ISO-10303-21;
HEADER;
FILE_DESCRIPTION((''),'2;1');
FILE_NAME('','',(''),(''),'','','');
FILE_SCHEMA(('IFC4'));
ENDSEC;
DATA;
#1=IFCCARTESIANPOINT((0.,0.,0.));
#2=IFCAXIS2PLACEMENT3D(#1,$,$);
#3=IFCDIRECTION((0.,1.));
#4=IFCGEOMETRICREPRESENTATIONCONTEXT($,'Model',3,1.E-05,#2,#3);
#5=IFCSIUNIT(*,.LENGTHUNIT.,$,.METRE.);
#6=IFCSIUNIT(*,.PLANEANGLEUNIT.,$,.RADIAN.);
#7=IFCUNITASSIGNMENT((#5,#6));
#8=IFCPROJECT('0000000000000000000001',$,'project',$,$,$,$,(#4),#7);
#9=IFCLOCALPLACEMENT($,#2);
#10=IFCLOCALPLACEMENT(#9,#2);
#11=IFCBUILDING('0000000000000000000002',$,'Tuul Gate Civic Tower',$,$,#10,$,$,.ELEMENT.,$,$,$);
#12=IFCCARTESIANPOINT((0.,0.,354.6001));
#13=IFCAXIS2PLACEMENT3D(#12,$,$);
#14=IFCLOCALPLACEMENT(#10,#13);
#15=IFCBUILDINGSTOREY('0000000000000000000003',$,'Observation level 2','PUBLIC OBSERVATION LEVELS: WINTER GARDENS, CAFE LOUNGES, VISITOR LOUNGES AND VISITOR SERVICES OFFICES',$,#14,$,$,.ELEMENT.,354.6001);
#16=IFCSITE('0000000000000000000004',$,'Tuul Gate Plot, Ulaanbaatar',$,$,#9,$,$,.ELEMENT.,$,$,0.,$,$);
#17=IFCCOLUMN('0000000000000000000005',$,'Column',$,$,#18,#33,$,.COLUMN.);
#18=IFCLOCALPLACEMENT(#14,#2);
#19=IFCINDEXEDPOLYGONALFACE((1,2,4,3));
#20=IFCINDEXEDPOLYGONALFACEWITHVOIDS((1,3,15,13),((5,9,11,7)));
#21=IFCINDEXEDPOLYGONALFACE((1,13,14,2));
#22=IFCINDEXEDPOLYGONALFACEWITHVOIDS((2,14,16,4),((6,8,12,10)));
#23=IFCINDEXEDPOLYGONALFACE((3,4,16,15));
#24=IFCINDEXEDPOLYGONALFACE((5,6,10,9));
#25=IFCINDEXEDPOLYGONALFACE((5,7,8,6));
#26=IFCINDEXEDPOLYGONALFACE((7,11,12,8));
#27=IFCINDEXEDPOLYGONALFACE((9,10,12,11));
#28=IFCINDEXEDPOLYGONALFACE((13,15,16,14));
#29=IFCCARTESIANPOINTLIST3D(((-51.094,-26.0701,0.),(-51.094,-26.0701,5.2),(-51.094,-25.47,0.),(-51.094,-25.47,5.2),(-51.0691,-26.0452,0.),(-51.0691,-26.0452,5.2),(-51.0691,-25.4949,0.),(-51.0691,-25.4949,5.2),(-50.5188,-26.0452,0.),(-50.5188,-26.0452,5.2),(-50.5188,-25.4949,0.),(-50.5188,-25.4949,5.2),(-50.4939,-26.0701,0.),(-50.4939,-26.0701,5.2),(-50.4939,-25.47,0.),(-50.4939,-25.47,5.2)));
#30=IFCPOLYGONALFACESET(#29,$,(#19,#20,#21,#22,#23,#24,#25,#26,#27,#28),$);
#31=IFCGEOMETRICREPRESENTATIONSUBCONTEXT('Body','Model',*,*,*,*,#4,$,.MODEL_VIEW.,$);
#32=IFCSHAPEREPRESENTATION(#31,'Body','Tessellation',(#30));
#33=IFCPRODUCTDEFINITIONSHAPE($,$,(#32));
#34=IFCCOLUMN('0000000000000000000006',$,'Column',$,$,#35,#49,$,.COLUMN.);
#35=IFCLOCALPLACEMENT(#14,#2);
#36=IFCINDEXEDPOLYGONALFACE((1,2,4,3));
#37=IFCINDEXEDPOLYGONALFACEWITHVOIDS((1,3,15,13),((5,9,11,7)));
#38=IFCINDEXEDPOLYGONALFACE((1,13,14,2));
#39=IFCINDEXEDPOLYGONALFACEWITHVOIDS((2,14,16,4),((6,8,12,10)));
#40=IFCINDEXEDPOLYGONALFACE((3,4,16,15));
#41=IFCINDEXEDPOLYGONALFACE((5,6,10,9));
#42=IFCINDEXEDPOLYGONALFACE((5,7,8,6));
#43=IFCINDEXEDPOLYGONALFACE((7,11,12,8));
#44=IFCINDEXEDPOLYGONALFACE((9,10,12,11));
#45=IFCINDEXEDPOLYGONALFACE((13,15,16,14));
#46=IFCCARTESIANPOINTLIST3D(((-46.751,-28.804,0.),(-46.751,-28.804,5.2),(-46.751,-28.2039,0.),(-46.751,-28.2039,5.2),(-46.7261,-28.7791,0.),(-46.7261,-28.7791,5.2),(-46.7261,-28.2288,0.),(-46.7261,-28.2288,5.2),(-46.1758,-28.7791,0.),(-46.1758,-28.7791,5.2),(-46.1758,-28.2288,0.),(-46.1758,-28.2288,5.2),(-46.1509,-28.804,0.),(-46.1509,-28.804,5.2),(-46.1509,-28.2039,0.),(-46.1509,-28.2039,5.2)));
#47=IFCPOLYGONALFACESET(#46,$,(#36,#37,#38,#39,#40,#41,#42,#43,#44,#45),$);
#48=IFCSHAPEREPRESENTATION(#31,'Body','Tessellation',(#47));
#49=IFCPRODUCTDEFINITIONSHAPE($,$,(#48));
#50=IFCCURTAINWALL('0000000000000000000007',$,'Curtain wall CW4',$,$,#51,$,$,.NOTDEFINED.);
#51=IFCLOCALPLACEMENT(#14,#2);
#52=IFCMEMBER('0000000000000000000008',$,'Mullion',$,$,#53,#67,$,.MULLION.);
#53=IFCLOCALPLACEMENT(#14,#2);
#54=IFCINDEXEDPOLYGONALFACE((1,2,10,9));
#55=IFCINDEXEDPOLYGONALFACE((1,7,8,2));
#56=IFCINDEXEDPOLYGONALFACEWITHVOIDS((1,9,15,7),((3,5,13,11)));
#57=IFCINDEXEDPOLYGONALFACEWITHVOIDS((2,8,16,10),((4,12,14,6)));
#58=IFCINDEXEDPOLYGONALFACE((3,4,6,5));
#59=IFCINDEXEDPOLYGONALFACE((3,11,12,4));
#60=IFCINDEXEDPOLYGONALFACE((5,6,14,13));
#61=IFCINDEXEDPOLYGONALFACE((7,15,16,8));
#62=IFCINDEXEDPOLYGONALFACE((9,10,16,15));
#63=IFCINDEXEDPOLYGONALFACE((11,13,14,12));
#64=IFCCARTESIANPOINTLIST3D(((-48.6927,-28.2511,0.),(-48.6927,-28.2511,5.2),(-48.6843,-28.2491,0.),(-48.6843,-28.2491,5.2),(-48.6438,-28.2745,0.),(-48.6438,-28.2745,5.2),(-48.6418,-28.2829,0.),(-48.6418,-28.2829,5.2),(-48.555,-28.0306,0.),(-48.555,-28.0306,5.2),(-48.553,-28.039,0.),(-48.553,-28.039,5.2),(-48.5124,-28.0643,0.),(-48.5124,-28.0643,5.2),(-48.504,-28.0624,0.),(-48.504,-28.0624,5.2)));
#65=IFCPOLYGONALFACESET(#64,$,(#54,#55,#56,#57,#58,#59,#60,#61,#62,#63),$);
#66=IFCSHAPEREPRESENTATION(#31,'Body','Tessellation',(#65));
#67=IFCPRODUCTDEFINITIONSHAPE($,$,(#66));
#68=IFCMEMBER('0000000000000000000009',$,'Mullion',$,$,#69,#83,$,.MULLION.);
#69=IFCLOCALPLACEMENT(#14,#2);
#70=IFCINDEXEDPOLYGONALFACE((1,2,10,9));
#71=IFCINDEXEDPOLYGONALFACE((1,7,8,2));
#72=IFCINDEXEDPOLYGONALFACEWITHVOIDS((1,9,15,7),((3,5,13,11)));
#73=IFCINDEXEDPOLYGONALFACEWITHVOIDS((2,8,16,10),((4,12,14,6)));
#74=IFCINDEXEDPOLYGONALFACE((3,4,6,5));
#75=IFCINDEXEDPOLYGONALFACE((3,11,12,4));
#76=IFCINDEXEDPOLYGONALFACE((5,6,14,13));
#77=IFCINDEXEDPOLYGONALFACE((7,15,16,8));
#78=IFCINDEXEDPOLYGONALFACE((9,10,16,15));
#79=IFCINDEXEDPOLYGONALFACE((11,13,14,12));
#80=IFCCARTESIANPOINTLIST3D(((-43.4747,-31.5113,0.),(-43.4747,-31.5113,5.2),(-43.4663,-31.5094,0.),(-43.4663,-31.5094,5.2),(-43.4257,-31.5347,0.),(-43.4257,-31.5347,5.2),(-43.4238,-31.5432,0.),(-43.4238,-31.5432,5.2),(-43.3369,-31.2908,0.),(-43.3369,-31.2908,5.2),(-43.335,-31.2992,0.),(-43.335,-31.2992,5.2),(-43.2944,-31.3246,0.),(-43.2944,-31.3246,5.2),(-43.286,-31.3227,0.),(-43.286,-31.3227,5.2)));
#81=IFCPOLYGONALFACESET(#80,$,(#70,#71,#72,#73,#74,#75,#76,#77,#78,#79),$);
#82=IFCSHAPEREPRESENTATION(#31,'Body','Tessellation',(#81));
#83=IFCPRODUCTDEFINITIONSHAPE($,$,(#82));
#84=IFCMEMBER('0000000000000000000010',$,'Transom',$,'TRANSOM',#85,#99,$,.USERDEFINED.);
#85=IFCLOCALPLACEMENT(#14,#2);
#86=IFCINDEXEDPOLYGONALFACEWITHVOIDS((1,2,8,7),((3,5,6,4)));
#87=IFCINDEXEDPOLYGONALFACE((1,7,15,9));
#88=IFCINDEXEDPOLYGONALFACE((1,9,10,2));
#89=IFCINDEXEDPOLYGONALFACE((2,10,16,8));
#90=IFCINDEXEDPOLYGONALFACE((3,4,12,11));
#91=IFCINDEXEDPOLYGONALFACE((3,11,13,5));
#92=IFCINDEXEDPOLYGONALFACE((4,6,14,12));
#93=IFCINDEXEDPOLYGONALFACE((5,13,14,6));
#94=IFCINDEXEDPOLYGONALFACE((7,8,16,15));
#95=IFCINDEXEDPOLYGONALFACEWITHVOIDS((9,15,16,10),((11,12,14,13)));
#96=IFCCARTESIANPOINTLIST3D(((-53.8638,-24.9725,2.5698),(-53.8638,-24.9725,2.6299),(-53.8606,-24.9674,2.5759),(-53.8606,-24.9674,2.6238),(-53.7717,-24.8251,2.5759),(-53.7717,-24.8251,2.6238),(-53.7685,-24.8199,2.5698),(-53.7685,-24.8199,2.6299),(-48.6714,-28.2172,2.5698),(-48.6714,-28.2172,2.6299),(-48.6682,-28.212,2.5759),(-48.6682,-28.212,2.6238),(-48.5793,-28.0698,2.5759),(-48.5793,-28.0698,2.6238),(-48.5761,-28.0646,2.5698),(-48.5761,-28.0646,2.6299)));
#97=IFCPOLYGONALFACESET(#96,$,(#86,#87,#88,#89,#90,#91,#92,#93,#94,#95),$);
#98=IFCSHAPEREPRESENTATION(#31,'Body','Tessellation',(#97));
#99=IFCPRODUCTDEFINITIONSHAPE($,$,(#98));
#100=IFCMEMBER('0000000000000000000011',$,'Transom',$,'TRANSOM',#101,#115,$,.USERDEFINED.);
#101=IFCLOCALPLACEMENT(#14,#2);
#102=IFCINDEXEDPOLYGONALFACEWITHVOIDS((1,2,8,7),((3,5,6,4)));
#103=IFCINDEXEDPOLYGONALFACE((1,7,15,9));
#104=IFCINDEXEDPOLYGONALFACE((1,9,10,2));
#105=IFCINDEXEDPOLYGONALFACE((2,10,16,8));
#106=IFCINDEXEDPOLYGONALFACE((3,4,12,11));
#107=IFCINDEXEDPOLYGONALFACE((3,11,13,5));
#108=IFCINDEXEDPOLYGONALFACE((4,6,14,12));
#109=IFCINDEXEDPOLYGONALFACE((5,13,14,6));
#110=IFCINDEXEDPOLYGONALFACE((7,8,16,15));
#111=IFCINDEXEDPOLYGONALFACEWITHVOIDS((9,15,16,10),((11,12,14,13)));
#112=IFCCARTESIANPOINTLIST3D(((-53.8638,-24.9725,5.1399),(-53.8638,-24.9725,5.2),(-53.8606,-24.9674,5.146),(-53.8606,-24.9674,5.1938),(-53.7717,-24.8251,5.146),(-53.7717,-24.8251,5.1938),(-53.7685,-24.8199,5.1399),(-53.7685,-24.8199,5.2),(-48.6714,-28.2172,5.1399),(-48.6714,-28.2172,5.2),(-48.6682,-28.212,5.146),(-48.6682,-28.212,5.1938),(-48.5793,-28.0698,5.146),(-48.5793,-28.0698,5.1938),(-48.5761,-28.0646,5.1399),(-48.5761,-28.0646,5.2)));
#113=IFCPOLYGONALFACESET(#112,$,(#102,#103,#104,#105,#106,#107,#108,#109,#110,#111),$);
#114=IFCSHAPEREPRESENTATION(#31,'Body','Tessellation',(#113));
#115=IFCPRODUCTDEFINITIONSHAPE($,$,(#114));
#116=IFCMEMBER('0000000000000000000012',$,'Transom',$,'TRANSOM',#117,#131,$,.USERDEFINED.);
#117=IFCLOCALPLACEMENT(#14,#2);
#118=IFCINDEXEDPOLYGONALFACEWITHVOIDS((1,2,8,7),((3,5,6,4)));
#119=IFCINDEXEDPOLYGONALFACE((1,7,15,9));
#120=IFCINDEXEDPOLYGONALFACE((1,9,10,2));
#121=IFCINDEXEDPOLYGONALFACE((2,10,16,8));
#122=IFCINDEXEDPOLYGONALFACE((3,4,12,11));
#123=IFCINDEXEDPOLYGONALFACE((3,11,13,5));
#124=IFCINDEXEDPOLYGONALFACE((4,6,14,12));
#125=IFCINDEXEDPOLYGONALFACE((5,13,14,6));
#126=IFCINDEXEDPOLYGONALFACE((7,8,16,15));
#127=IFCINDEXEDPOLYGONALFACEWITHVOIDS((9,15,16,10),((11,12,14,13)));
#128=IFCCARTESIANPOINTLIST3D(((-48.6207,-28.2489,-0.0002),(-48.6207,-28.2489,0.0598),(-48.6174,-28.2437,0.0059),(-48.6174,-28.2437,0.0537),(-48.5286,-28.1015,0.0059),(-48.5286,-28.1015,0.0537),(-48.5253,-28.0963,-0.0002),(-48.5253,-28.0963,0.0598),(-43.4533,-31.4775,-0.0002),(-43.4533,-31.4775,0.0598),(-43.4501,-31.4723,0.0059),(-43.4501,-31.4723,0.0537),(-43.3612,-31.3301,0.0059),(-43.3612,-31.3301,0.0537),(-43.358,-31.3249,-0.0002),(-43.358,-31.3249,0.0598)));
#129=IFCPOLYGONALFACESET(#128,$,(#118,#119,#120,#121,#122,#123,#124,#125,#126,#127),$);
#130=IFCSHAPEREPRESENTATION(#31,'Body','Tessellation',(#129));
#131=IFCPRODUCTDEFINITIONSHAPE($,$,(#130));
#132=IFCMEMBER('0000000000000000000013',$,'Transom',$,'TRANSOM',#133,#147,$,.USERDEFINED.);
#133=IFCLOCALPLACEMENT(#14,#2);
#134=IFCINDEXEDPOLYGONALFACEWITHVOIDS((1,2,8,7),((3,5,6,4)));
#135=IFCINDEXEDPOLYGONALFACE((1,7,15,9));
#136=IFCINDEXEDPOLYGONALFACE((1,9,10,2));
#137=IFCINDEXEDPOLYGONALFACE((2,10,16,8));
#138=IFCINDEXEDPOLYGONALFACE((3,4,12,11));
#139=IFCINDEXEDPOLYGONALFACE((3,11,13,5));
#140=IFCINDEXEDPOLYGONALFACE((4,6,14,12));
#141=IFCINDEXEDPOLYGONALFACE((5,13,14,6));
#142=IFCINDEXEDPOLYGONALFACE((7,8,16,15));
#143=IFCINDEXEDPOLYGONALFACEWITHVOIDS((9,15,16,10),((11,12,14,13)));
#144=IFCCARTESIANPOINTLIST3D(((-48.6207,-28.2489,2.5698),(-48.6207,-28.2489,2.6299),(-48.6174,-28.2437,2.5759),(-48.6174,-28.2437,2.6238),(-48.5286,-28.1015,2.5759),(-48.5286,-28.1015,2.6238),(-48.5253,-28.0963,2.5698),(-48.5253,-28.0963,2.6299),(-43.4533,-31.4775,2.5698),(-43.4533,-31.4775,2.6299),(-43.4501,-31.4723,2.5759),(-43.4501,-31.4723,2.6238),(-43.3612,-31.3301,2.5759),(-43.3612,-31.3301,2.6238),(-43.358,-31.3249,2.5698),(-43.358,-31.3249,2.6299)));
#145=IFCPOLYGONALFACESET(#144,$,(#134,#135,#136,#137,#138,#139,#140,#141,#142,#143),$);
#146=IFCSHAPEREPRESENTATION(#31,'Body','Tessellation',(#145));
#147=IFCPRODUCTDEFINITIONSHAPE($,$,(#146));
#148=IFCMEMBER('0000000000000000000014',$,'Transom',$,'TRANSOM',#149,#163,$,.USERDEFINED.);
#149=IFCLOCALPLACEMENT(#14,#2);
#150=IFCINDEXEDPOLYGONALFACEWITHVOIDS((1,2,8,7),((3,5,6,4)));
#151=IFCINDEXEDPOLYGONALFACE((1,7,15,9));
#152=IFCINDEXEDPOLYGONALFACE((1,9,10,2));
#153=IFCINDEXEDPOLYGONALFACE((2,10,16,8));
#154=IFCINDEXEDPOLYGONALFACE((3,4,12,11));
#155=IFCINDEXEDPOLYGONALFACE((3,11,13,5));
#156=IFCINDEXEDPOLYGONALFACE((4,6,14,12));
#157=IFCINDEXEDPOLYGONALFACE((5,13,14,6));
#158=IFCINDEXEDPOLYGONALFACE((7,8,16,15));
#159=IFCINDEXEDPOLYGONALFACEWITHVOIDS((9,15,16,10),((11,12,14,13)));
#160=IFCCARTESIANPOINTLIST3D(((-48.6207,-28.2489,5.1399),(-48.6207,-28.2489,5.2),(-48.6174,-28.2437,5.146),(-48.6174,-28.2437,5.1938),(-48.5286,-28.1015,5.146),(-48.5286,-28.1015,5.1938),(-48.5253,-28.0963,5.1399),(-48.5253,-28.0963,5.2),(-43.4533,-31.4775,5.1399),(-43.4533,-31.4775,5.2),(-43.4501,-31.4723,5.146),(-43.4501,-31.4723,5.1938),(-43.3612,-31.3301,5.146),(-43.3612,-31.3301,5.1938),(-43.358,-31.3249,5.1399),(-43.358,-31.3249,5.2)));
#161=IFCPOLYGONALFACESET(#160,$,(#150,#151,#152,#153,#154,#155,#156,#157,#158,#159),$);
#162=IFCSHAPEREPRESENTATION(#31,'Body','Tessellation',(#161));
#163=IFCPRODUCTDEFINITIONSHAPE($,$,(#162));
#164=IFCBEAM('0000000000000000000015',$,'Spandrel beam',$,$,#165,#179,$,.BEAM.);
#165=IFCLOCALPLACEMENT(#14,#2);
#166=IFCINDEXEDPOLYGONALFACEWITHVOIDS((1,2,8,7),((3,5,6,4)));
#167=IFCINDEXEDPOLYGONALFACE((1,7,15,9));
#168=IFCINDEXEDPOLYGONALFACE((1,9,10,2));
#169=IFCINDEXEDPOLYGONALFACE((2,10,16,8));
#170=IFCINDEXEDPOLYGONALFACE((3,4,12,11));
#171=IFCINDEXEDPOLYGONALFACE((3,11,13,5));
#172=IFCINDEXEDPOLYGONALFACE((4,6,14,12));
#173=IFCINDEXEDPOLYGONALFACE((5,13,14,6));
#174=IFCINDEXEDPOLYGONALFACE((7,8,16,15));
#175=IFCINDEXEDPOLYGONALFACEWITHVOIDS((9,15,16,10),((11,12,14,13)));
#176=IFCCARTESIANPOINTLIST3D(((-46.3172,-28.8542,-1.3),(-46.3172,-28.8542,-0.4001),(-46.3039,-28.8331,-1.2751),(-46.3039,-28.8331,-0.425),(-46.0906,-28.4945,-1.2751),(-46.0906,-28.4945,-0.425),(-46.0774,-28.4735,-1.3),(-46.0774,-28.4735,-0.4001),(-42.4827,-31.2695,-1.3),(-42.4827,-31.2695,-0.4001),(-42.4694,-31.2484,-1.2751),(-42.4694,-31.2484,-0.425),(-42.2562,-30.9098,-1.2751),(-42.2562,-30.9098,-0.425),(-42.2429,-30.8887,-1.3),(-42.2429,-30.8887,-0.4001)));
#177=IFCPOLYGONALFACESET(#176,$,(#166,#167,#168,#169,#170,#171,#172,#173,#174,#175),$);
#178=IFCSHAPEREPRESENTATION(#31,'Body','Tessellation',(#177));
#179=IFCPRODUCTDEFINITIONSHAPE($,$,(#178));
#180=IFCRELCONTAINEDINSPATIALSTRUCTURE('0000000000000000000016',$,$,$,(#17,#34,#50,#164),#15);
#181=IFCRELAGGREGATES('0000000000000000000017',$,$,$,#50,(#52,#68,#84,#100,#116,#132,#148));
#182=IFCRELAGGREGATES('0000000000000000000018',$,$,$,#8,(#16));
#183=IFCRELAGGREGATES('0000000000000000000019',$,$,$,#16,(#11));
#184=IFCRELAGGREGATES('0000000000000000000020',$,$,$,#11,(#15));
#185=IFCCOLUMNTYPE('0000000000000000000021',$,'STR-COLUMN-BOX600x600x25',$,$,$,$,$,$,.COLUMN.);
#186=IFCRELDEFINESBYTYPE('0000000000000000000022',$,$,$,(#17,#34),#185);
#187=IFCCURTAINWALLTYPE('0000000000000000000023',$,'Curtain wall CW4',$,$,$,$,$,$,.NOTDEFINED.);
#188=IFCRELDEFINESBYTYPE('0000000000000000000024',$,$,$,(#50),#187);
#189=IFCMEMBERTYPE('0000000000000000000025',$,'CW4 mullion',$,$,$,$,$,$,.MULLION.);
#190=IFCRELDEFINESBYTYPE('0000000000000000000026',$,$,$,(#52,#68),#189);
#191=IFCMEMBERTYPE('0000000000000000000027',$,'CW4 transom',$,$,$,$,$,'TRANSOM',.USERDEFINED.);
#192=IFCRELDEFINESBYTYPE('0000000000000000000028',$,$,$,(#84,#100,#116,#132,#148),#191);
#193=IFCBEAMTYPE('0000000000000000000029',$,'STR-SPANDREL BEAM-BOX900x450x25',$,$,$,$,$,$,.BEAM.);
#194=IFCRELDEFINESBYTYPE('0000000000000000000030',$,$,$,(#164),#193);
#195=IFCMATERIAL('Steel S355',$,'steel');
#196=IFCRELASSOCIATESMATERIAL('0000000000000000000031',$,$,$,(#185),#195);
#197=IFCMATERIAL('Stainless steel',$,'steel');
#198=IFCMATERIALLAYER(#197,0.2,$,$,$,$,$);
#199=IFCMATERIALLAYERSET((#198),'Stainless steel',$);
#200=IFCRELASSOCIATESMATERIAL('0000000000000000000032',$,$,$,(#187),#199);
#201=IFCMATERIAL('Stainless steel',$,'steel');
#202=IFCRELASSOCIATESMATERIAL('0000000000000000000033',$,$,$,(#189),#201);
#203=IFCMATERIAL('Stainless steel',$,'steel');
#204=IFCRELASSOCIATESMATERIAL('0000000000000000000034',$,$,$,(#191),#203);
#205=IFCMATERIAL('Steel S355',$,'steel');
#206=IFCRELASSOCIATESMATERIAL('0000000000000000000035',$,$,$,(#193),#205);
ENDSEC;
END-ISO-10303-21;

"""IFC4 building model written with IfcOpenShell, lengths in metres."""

from ifc_helpers import new_model, si_unit, direction, frame, origin, origin_2d, place, context, subcontext, project, spatial, hollow_rectangle, extrude, material, layer, layer_set, material_profile, profile_set, type_object, element, aggregate, save


model = new_model("IFC4")

# Units and contexts
model_context = context("Model", 3, precision=1e-05, world=origin(), true_north=direction((0.0, 1.0)))
body_context = subcontext(model_context, "Body", "Model", "MODEL_VIEW")
ifc_project = project(units=[si_unit("LENGTHUNIT", "METRE"), si_unit("PLANEANGLEUNIT", "RADIAN")], contexts=[model_context])

# Site, building, storey
site_placement = place(None, origin())
site = spatial("IfcSite", under=ifc_project, at=site_placement, Name="Tuul Gate Plot, Ulaanbaatar", CompositionType="ELEMENT", RefElevation=0.0)
building_placement = place(site_placement, origin())
building = spatial("IfcBuilding", under=site, at=building_placement, Name="Tuul Gate Civic Tower", CompositionType="ELEMENT")
storey_placement = place(building_placement, frame((0.0, 0.0, 354.6001)))
storey = spatial("IfcBuildingStorey", under=building, at=storey_placement, Name="Observation level 2", Description="PUBLIC OBSERVATION LEVELS: WINTER GARDENS, CAFE LOUNGES, VISITOR LOUNGES AND VISITOR SERVICES OFFICES", CompositionType="ELEMENT", Elevation=354.6001)

# Columns
ifc_material_1 = material(Name="Steel S355", Category="steel")
ifc_material_profile_1 = material_profile(ifc_material_1, hollow_rectangle(XDim=0.6001, YDim=0.6001, WallThickness=0.0249, at=origin_2d()), Name="BOX600x600x25")
ifc_profile_set_1 = profile_set([ifc_material_profile_1], Name="Steel S355")
column_type = type_object("IfcColumnType", Name="STR-COLUMN-BOX600x600x25", PredefinedType="COLUMN", material=ifc_profile_set_1)
for number, where, z_axis, x_axis, name in (
    (1, (-50.7939, -25.77, 0.0), (0.0, 0.0, 1.0), (1.0, 0.0, 0.0), "Column"),
    (2, (-46.4509, -28.5039, 0.0), (0.0, 0.0, 1.0), (1.0, 0.0, 0.0), "Column"),
):
    element("IfcColumn", number, at=place(storey_placement, frame(where, z_axis=z_axis, x_axis=x_axis)), inside=storey, type_object=column_type, Name=name, PredefinedType="COLUMN", context=body_context, shape_type="SweptSolid", body=[
        extrude(hollow_rectangle(XDim=0.6001, YDim=0.6001, WallThickness=0.0249, at=origin_2d()), origin(), (0.0, 0.0, 1.0), 5.2),
    ])

# Curtain wall, members
ifc_material_2 = material(Name="Stainless steel", Category="steel")
ifc_layer_1 = layer(ifc_material_2, 0.2)
ifc_layer_set_1 = layer_set([ifc_layer_1], Name="Stainless steel")
curtain_wall_type = type_object("IfcCurtainWallType", Name="Curtain wall CW4", PredefinedType="NOTDEFINED", material=ifc_layer_set_1)
curtain_wall_placement = place(storey_placement, origin())
curtain_wall = element("IfcCurtainWall", 3, at=curtain_wall_placement, inside=storey, type_object=curtain_wall_type, Name="Curtain wall CW4", PredefinedType="NOTDEFINED")
ifc_material_3 = material(Name="Stainless steel", Category="steel")
ifc_material_profile_2 = material_profile(ifc_material_3, hollow_rectangle(XDim=0.26, YDim=0.0601, WallThickness=0.0061, at=origin_2d()), Name="CW4 mullion")
ifc_profile_set_2 = profile_set([ifc_material_profile_2], Name="Stainless steel")
member_type_1 = type_object("IfcMemberType", Name="CW4 mullion", PredefinedType="MULLION", material=ifc_profile_set_2)
member_1_placement = place(storey_placement, frame((-48.5984, -28.1567, 0.0), z_axis=(0.0, 0.0, 1.0), x_axis=(0.529912, 0.848053, 0.0)))
member_1 = element("IfcMember", 4, at=member_1_placement, type_object=member_type_1, Name="Mullion", PredefinedType="MULLION", context=body_context, shape_type="SweptSolid", body=[
    extrude(hollow_rectangle(XDim=0.26, YDim=0.0601, WallThickness=0.0061, at=origin_2d()), origin(), (0.0, 0.0, 1.0), 5.2),
])
member_2_placement = place(storey_placement, frame((-43.3804, -31.417, 0.0), z_axis=(0.0, 0.0, 1.0), x_axis=(0.529912, 0.848053, 0.0)))
member_2 = element("IfcMember", 5, at=member_2_placement, type_object=member_type_1, Name="Mullion", PredefinedType="MULLION", context=body_context, shape_type="SweptSolid", body=[
    extrude(hollow_rectangle(XDim=0.26, YDim=0.0601, WallThickness=0.0061, at=origin_2d()), origin(), (0.0, 0.0, 1.0), 5.2),
])
ifc_material_4 = material(Name="Stainless steel", Category="steel")
ifc_material_profile_3 = material_profile(ifc_material_4, hollow_rectangle(XDim=0.1799, YDim=0.0601, WallThickness=0.0061, at=origin_2d()), Name="CW4 transom")
ifc_profile_set_3 = profile_set([ifc_material_profile_3], Name="Stainless steel")
member_type_2 = type_object("IfcMemberType", Name="CW4 transom", ElementType="TRANSOM", PredefinedType="USERDEFINED", material=ifc_profile_set_3)
member_3_placement = place(storey_placement, frame((-53.8162, -24.8962, 2.5999), z_axis=(0.848043, -0.529927, 0.0), x_axis=(0.529927, 0.848043, 0.0)))
member_3 = element("IfcMember", 6, at=member_3_placement, type_object=member_type_2, Name="Transom", ObjectType="TRANSOM", PredefinedType="USERDEFINED", context=body_context, shape_type="SweptSolid", body=[
    extrude(hollow_rectangle(XDim=0.1799, YDim=0.0601, WallThickness=0.0061, at=origin_2d()), origin(), (0.0, 0.0, 1.0), 6.1228),
])
member_4_placement = place(storey_placement, frame((-53.8162, -24.8962, 5.1699), z_axis=(0.848043, -0.529927, 0.0), x_axis=(0.529927, 0.848043, 0.0)))
member_4 = element("IfcMember", 7, at=member_4_placement, type_object=member_type_2, Name="Transom", ObjectType="TRANSOM", PredefinedType="USERDEFINED", context=body_context, shape_type="SweptSolid", body=[
    extrude(hollow_rectangle(XDim=0.1799, YDim=0.0601, WallThickness=0.0061, at=origin_2d()), origin(), (0.0, 0.0, 1.0), 6.1228),
])
member_5_placement = place(storey_placement, frame((-48.573, -28.1726, 0.0298), z_axis=(0.848073, -0.52988, 0.0), x_axis=(0.52988, 0.848073, 0.0)))
member_5 = element("IfcMember", 8, at=member_5_placement, type_object=member_type_2, Name="Transom", ObjectType="TRANSOM", PredefinedType="USERDEFINED", context=body_context, shape_type="SweptSolid", body=[
    extrude(hollow_rectangle(XDim=0.1799, YDim=0.0601, WallThickness=0.0061, at=origin_2d()), origin(), (0.0, 0.0, 1.0), 6.093),
])
member_6_placement = place(storey_placement, frame((-48.573, -28.1726, 2.5999), z_axis=(0.848073, -0.52988, 0.0), x_axis=(0.52988, 0.848073, 0.0)))
member_6 = element("IfcMember", 9, at=member_6_placement, type_object=member_type_2, Name="Transom", ObjectType="TRANSOM", PredefinedType="USERDEFINED", context=body_context, shape_type="SweptSolid", body=[
    extrude(hollow_rectangle(XDim=0.1799, YDim=0.0601, WallThickness=0.0061, at=origin_2d()), origin(), (0.0, 0.0, 1.0), 6.093),
])
member_7_placement = place(storey_placement, frame((-48.573, -28.1726, 5.1699), z_axis=(0.848073, -0.52988, 0.0), x_axis=(0.52988, 0.848073, 0.0)))
member_7 = element("IfcMember", 10, at=member_7_placement, type_object=member_type_2, Name="Transom", ObjectType="TRANSOM", PredefinedType="USERDEFINED", context=body_context, shape_type="SweptSolid", body=[
    extrude(hollow_rectangle(XDim=0.1799, YDim=0.0601, WallThickness=0.0061, at=origin_2d()), origin(), (0.0, 0.0, 1.0), 6.093),
])

# Beam
ifc_material_5 = material(Name="Steel S355", Category="steel")
ifc_material_profile_4 = material_profile(ifc_material_5, hollow_rectangle(XDim=0.45, YDim=0.8999, WallThickness=0.0249, at=origin_2d()), Name="BOX900x450x25")
ifc_profile_set_4 = profile_set([ifc_material_profile_4], Name="Steel S355")
beam_type = type_object("IfcBeamType", Name="STR-SPANDREL BEAM-BOX900x450x25", PredefinedType="BEAM", material=ifc_profile_set_4)
beam_placement = place(storey_placement, frame((-46.1973, -28.6638, -0.8501), z_axis=(0.846135, -0.532969, 0.0), x_axis=(0.532969, 0.846135, 0.0)))
element("IfcBeam", 11, at=beam_placement, inside=storey, type_object=beam_type, Name="Spandrel beam", PredefinedType="BEAM", context=body_context, shape_type="SweptSolid", body=[
    extrude(hollow_rectangle(XDim=0.45, YDim=0.8999, WallThickness=0.0249, at=origin_2d()), origin(), (0.0, 0.0, 1.0), 4.5317),
])

aggregate(curtain_wall, [member_1, member_2, member_3, member_4, member_5, member_6, member_7])

save(model, "model.ifc")
